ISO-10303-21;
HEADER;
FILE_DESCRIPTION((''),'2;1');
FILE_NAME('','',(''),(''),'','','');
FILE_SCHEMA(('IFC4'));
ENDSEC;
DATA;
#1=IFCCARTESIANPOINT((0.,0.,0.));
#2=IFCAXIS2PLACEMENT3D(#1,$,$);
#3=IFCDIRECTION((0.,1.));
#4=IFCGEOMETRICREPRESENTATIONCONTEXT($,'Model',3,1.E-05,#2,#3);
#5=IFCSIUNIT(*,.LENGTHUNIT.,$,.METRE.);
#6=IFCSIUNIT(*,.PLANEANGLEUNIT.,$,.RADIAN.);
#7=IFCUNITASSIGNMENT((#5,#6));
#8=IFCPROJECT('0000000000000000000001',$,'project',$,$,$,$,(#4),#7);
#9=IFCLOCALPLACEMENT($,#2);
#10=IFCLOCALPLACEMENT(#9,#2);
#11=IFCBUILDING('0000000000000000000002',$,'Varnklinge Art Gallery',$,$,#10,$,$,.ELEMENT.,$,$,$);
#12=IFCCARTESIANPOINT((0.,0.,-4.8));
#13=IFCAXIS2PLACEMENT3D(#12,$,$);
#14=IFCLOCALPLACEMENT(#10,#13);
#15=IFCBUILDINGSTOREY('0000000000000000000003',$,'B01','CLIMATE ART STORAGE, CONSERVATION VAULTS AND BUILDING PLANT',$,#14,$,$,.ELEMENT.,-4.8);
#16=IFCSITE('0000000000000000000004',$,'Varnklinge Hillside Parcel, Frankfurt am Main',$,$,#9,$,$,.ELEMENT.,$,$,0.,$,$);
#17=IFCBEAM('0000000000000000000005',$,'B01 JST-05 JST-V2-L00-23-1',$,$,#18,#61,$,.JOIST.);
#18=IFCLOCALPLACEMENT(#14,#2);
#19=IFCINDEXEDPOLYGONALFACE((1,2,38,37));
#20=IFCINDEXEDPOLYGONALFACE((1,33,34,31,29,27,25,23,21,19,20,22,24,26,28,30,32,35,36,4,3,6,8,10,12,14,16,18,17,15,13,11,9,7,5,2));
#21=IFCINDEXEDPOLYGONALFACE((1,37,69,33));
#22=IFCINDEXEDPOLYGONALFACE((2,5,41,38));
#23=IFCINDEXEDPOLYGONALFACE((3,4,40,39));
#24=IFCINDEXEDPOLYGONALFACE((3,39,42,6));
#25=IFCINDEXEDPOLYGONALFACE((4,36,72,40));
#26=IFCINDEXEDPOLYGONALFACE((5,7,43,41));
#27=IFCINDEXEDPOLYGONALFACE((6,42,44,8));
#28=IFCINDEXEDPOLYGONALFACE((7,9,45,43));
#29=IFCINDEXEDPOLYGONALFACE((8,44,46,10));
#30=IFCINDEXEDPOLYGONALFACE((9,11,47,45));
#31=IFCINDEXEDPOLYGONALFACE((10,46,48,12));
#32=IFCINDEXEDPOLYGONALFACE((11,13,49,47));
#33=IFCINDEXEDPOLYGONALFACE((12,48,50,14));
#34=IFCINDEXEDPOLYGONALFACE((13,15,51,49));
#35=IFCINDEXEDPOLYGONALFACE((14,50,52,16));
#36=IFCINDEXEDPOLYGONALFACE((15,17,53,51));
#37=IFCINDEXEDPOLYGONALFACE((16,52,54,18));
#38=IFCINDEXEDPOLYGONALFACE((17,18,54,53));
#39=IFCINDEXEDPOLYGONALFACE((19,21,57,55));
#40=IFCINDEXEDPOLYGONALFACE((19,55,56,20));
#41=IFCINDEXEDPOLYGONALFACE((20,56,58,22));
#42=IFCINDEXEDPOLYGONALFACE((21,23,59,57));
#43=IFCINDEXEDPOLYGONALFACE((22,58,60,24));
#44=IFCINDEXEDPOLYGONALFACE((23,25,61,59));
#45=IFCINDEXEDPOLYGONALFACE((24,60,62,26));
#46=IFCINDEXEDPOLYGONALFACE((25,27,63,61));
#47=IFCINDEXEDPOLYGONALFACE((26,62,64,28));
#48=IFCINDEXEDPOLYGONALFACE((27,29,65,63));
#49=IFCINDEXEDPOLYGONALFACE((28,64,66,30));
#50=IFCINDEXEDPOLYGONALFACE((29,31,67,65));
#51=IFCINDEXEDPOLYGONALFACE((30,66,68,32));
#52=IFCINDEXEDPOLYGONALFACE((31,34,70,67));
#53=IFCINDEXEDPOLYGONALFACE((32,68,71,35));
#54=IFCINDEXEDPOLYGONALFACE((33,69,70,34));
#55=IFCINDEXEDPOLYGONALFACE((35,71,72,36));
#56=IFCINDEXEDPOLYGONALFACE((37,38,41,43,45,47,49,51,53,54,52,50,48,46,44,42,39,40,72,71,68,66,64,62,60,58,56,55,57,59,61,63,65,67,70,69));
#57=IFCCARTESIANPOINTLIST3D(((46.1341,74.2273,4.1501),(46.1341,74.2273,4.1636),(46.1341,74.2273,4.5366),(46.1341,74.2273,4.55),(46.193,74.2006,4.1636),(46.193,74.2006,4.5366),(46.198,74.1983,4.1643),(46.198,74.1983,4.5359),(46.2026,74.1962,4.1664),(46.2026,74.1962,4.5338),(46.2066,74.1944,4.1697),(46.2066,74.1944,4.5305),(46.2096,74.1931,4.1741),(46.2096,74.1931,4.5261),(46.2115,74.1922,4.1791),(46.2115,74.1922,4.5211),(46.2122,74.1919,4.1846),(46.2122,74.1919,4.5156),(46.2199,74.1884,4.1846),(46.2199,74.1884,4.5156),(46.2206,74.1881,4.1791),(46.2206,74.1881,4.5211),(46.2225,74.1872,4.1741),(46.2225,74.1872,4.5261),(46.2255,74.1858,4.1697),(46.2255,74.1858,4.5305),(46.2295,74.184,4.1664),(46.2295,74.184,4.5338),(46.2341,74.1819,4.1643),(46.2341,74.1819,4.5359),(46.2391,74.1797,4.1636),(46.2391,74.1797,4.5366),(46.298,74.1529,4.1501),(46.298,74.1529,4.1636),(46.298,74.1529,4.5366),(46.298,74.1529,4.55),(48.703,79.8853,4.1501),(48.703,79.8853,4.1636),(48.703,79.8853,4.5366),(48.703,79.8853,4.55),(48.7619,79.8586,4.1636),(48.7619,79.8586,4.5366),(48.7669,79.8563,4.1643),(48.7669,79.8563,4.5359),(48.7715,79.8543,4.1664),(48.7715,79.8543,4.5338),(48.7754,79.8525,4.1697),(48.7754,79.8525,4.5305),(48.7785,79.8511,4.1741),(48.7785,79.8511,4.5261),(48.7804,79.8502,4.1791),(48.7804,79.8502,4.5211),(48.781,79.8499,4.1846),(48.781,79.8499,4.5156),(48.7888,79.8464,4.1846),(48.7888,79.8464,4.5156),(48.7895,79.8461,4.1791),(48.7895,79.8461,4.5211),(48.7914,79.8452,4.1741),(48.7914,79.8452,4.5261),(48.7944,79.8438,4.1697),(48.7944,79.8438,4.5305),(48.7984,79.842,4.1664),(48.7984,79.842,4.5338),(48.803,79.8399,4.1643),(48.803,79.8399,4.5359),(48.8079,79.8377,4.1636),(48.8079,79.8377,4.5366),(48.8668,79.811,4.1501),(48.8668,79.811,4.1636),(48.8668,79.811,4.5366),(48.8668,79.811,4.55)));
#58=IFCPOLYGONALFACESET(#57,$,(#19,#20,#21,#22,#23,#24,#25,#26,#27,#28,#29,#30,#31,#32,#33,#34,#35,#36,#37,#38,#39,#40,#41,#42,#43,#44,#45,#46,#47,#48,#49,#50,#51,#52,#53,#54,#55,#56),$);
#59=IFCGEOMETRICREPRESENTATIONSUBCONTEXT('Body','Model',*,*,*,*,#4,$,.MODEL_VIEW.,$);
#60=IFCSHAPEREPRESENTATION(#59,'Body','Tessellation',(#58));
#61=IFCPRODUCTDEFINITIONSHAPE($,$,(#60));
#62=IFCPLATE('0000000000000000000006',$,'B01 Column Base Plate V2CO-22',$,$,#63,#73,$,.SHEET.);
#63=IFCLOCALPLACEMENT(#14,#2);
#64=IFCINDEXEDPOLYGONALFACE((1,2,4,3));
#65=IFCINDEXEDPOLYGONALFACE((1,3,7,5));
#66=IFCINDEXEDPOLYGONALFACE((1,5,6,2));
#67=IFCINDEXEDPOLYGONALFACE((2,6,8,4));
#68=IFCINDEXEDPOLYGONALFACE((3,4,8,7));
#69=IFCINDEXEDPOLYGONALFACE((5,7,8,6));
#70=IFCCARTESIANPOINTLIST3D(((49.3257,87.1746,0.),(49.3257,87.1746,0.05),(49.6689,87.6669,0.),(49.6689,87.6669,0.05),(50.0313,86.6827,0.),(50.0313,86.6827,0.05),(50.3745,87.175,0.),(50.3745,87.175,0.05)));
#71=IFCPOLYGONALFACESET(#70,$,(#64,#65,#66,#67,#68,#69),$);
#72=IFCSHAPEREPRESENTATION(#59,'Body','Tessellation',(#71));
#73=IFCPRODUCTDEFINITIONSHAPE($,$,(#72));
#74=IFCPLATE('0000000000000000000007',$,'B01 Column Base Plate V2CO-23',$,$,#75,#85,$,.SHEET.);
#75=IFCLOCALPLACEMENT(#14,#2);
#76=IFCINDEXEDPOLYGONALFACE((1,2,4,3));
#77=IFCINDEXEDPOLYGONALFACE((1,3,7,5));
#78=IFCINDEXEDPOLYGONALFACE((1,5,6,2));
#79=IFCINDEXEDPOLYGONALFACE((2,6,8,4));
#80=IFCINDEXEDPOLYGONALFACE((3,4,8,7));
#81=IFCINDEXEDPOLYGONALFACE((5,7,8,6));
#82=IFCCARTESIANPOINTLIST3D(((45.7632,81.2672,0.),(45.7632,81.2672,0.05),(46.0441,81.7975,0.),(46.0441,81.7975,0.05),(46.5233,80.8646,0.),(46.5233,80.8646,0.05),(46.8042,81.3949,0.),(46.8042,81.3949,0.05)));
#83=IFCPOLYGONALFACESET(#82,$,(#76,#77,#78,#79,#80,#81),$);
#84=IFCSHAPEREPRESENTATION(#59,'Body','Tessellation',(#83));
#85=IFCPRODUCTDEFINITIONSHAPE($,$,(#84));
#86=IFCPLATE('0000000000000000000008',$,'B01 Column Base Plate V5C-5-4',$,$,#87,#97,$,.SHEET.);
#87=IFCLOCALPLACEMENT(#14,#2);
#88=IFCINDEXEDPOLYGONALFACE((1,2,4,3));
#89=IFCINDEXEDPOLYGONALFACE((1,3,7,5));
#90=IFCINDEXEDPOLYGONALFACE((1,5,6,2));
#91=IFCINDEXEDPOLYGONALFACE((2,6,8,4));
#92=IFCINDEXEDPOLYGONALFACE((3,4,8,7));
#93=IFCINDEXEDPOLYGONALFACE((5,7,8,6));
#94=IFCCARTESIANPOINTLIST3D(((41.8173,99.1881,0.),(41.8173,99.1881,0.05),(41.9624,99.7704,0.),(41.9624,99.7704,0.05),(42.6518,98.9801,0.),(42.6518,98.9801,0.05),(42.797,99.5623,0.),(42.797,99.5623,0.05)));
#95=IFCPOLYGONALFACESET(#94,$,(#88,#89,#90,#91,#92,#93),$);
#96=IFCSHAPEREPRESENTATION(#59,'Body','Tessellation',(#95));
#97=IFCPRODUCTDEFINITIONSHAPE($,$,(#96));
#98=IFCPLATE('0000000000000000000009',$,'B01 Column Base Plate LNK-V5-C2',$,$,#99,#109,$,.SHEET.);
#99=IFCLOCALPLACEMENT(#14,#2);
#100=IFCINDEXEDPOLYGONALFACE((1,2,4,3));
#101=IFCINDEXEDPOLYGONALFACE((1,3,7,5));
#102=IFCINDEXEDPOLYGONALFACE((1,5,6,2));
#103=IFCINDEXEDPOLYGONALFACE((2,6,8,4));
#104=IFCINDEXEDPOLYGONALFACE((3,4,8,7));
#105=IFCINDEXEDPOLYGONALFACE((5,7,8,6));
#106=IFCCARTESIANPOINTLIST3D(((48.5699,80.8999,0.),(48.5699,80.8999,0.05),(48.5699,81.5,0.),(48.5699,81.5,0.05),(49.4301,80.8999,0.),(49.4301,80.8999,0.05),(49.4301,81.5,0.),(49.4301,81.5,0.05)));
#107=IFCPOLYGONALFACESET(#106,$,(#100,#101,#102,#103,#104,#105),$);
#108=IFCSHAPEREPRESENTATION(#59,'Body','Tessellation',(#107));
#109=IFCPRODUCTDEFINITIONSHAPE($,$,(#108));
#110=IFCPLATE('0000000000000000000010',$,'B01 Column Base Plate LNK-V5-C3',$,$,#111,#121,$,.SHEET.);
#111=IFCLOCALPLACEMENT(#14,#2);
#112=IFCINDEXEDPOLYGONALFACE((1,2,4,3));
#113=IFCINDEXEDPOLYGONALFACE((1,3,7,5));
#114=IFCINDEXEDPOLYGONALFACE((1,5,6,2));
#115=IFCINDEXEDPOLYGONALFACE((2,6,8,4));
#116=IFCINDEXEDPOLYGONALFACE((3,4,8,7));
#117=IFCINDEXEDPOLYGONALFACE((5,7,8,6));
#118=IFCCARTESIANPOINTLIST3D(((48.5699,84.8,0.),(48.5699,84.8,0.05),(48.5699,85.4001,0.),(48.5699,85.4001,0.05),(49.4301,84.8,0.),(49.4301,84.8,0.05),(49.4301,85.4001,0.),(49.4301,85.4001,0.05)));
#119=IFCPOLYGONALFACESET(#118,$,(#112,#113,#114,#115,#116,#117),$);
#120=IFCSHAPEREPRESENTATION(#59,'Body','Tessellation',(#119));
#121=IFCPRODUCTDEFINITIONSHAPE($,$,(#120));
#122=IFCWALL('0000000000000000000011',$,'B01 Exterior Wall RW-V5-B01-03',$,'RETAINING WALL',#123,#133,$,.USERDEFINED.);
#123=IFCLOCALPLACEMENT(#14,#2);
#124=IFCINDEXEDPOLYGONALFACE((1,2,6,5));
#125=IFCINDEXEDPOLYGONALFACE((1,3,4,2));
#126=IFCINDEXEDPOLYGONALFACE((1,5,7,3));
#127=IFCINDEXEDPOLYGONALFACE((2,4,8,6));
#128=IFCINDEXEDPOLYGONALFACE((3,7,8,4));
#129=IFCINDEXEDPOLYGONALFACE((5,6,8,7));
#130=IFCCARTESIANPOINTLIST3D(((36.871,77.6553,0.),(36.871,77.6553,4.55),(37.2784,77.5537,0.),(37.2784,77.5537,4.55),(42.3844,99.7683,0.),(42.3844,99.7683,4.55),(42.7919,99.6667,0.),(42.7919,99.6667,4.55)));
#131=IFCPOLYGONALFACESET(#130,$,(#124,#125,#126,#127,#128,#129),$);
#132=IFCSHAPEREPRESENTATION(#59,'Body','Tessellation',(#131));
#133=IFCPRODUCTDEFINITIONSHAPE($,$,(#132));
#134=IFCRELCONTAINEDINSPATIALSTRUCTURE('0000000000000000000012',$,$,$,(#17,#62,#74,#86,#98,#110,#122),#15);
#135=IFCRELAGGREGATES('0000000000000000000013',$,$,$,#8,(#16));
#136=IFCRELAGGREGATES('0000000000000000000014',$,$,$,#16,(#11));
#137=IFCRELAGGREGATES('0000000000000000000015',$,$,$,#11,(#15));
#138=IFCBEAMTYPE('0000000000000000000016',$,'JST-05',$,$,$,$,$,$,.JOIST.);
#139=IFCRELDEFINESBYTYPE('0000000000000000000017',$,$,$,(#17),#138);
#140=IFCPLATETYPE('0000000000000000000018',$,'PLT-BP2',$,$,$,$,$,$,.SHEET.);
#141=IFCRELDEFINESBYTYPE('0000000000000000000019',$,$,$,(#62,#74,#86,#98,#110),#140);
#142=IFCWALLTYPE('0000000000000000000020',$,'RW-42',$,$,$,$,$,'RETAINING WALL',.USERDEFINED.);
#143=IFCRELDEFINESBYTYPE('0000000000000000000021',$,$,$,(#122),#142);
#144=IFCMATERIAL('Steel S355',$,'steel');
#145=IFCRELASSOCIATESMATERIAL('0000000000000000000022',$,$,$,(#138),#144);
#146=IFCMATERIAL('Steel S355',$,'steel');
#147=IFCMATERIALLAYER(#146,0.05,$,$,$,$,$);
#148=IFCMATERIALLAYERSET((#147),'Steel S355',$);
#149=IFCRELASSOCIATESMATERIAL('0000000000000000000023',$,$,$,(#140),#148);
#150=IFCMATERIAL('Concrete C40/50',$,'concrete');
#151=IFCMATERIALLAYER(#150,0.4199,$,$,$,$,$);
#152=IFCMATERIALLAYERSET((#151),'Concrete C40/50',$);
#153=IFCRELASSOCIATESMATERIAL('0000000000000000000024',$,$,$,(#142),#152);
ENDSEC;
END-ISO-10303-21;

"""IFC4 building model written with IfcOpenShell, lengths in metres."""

from ifc_helpers import new_model, si_unit, direction, frame, frame_2d, origin, origin_2d, place, context, subcontext, project, spatial, rectangle, i_section, extrude, material, layer, layer_set, material_profile, profile_set, type_object, element, save


model = new_model("IFC4")

# Units and contexts
model_context = context("Model", 3, precision=1e-05, world=origin(), true_north=direction((0.0, 1.0)))
body_context = subcontext(model_context, "Body", "Model", "MODEL_VIEW")
ifc_project = project(units=[si_unit("LENGTHUNIT", "METRE"), si_unit("PLANEANGLEUNIT", "RADIAN")], contexts=[model_context])

# Site, building, storey
site_placement = place(None, origin())
site = spatial("IfcSite", under=ifc_project, at=site_placement, Name="Varnklinge Hillside Parcel, Frankfurt am Main", CompositionType="ELEMENT", RefElevation=0.0)
building_placement = place(site_placement, origin())
building = spatial("IfcBuilding", under=site, at=building_placement, Name="Varnklinge Art Gallery", CompositionType="ELEMENT")
storey_placement = place(building_placement, frame((0.0, 0.0, -4.8)))
storey = spatial("IfcBuildingStorey", under=building, at=storey_placement, Name="B01", Description="CLIMATE ART STORAGE, CONSERVATION VAULTS AND BUILDING PLANT", CompositionType="ELEMENT", Elevation=-4.8)

# Beam
ifc_material_1 = material(Name="Steel S355", Category="steel")
ifc_material_profile_1 = material_profile(ifc_material_1, i_section(OverallWidth=0.1799, OverallDepth=0.3999, WebThickness=0.0085, FlangeThickness=0.0134, FilletRadius=0.021, at=origin_2d()), Name="IPE 400")
ifc_profile_set_1 = profile_set([ifc_material_profile_1], Name="Steel S355")
beam_type_1 = type_object("IfcBeamType", Name="JST-05", PredefinedType="JOIST", material=ifc_profile_set_1)
beam_1_placement = place(storey_placement, frame((48.7849, 79.8481, 4.3501), z_axis=(-0.413409, -0.910545, 0.0), x_axis=(0.910545, -0.413409, 0.0)))
element("IfcBeam", 1, at=beam_1_placement, inside=storey, type_object=beam_type_1, Name="B01 JST-05 JST-V2-L00-23-1", PredefinedType="JOIST", context=body_context, shape_type="SweptSolid", body=[
    extrude(i_section(OverallWidth=0.1799, OverallDepth=0.3999, WebThickness=0.0085, FlangeThickness=0.0134, FilletRadius=0.021, at=origin_2d()), origin(), (0.0, 0.0, 1.0), 6.2139),
])

# Plates
ifc_material_2 = material(Name="Steel S355", Category="steel")
ifc_layer_1 = layer(ifc_material_2, 0.05)
ifc_layer_set_1 = layer_set([ifc_layer_1], Name="Steel S355")
plate_type = type_object("IfcPlateType", Name="PLT-BP2", PredefinedType="SHEET", material=ifc_layer_set_1)
for number, where, z_axis, x_axis, name in (
    (2, (49.8501, 87.1748, 0.0), (0.0, 0.0, 1.0), (0.820352, -0.57186, 0.0), "B01 Column Base Plate V2CO-22"),
    (3, (46.2837, 81.3311, 0.0), (0.0, 0.0, 1.0), (0.883684, -0.468084, 0.0), "B01 Column Base Plate V2CO-23"),
    (4, (42.3071, 99.3752, 0.0), (0.0, 0.0, 1.0), (0.970296, -0.241922, 0.0), "B01 Column Base Plate V5C-5-4"),
    (5, (49.0, 81.2, 0.0), (0.0, 0.0, 1.0), (1.0, 0.0, 0.0), "B01 Column Base Plate LNK-V5-C2"),
    (6, (49.0, 85.1001, 0.0), (0.0, 0.0, 1.0), (1.0, 0.0, 0.0), "B01 Column Base Plate LNK-V5-C3"),
):
    element("IfcPlate", number, at=place(storey_placement, frame(where, z_axis=z_axis, x_axis=x_axis)), inside=storey, type_object=plate_type, Name=name, PredefinedType="SHEET", context=body_context, shape_type="SweptSolid", body=[
        extrude(rectangle(XDim=0.8601, YDim=0.6001, at=origin_2d()), origin(), (0.0, 0.0, 1.0), 0.05),
    ])

# Wall
ifc_material_3 = material(Name="Concrete C40/50", Category="concrete")
ifc_layer_2 = layer(ifc_material_3, 0.4199)
ifc_layer_set_2 = layer_set([ifc_layer_2], Name="Concrete C40/50")
wall_type = type_object("IfcWallType", Name="RW-42", ElementType="RETAINING WALL", PredefinedType="USERDEFINED", material=ifc_layer_set_2)
wall_placement = place(storey_placement, frame((42.5881, 99.7175, 0.0), z_axis=(0.0, 0.0, 1.0), x_axis=(-0.241923, -0.970295, 0.0)))
element("IfcWall", 7, at=wall_placement, inside=storey, type_object=wall_type, Name="B01 Exterior Wall RW-V5-B01-03", ObjectType="RETAINING WALL", PredefinedType="USERDEFINED", context=body_context, shape_type="SweptSolid", body=[
    extrude(rectangle(XDim=22.79, YDim=0.4199, at=frame_2d((11.395, 0.0))), origin(), (0.0, 0.0, 1.0), 4.55),
])

save(model, "model.ifc")
